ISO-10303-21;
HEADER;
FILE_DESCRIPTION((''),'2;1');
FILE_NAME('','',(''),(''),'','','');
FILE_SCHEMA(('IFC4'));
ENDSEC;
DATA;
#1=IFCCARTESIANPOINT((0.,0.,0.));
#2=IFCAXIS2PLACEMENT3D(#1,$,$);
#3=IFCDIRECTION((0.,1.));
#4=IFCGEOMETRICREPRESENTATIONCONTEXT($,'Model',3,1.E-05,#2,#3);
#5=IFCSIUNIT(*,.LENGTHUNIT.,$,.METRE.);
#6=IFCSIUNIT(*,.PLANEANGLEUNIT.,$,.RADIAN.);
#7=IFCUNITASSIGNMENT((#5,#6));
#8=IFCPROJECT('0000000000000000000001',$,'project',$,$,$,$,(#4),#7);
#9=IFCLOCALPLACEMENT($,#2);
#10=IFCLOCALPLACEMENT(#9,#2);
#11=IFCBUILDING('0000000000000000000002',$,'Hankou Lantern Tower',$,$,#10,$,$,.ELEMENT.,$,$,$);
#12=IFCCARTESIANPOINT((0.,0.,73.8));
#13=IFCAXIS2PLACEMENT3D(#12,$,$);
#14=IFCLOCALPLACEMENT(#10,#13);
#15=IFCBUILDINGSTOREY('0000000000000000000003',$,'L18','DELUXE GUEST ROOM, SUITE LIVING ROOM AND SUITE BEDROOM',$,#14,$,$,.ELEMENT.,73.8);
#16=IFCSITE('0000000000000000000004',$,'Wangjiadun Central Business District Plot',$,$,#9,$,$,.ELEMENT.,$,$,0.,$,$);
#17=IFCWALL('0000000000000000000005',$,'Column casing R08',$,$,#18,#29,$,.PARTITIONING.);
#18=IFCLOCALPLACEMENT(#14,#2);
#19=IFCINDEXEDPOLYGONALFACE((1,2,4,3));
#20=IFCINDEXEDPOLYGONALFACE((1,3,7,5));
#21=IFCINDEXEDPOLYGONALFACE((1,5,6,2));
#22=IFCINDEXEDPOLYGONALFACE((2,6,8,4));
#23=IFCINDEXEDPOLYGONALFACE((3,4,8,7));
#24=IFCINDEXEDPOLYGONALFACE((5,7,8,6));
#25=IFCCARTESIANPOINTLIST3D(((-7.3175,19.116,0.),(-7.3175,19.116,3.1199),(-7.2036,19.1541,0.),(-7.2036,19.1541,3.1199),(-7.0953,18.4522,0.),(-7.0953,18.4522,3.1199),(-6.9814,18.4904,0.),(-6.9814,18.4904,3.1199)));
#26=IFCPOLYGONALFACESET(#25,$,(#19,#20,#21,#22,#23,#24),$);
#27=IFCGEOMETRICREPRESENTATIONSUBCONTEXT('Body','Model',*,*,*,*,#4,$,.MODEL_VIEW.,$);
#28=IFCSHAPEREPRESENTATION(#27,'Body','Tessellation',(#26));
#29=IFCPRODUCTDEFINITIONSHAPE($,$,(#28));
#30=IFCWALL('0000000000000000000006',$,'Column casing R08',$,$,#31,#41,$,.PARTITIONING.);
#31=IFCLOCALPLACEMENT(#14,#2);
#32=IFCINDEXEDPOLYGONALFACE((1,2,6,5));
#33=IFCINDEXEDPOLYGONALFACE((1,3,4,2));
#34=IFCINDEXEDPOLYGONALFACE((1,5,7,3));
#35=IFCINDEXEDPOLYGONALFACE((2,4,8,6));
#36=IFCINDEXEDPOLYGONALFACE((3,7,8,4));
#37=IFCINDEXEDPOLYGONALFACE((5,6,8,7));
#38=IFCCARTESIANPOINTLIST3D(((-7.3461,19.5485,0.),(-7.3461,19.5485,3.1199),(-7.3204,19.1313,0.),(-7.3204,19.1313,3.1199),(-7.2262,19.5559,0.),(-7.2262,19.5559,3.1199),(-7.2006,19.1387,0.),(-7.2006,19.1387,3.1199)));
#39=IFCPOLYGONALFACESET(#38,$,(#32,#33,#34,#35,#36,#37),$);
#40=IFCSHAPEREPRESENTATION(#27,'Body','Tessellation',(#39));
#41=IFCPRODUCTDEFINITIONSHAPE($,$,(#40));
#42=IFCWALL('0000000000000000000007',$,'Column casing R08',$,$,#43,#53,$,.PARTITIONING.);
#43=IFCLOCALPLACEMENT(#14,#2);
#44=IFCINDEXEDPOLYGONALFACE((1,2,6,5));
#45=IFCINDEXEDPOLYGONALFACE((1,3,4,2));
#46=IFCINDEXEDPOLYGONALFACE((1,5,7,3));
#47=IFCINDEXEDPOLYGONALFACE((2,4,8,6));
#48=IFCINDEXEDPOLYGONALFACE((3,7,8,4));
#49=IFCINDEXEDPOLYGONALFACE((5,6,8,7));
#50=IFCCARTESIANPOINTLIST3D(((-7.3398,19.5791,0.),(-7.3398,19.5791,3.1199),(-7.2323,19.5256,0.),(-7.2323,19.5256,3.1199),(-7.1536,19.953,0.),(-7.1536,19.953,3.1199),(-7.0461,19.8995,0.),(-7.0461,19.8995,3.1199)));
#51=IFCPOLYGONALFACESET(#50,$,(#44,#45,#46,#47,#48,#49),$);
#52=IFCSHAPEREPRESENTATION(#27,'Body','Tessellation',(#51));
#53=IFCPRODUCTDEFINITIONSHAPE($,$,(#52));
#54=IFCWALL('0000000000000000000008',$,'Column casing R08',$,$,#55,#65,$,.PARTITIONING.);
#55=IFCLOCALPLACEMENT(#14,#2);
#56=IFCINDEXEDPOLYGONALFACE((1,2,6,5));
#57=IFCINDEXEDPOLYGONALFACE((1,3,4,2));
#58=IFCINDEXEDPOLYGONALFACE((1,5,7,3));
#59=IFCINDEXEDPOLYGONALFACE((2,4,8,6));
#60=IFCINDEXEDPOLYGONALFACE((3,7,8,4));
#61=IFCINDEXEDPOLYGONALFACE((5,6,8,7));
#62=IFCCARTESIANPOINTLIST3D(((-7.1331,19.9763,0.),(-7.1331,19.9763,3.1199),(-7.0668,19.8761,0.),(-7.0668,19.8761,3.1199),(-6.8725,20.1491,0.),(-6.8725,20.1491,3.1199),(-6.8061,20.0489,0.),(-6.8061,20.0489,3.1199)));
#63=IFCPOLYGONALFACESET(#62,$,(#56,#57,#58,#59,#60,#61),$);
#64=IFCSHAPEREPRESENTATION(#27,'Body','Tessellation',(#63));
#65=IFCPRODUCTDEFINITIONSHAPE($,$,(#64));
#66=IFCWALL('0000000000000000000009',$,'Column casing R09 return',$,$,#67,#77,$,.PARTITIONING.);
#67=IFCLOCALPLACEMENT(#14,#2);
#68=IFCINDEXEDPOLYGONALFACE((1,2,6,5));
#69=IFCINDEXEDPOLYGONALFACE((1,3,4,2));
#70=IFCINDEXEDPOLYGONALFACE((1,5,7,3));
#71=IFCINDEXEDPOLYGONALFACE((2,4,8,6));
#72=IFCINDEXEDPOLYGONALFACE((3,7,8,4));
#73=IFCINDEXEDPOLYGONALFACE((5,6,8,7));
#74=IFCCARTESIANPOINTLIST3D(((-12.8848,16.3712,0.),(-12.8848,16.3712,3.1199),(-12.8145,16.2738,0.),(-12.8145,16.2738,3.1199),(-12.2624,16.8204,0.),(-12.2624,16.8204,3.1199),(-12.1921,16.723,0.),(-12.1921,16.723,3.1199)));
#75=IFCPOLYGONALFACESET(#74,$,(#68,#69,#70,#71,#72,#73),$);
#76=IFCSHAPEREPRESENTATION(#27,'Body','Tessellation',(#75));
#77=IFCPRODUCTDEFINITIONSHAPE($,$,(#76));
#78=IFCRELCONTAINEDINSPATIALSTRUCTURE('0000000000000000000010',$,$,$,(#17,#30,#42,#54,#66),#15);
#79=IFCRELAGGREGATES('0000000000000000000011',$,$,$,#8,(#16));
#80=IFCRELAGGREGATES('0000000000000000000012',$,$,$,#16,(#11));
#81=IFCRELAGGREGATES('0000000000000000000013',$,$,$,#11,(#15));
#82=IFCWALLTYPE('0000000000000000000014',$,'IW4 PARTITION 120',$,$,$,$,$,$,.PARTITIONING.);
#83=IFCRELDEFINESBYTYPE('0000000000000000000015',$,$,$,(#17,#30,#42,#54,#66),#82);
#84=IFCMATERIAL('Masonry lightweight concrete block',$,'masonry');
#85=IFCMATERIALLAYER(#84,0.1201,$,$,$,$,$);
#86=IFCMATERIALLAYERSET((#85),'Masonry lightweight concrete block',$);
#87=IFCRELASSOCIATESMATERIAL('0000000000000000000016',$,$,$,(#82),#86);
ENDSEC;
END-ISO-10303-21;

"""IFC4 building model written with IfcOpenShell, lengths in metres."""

from ifc_helpers import new_model, si_unit, direction, frame, frame_2d, origin, place, context, subcontext, project, spatial, rectangle, extrude, material, layer, layer_set, type_object, element, save


model = new_model("IFC4")

# Units and contexts
model_context = context("Model", 3, precision=1e-05, world=origin(), true_north=direction((0.0, 1.0)))
body_context = subcontext(model_context, "Body", "Model", "MODEL_VIEW")
ifc_project = project(units=[si_unit("LENGTHUNIT", "METRE"), si_unit("PLANEANGLEUNIT", "RADIAN")], contexts=[model_context])

# Site, building, storey
site_placement = place(None, origin())
site = spatial("IfcSite", under=ifc_project, at=site_placement, Name="Wangjiadun Central Business District Plot", CompositionType="ELEMENT", RefElevation=0.0)
building_placement = place(site_placement, origin())
building = spatial("IfcBuilding", under=site, at=building_placement, Name="Hankou Lantern Tower", CompositionType="ELEMENT")
storey_placement = place(building_placement, frame((0.0, 0.0, 73.8)))
storey = spatial("IfcBuildingStorey", under=building, at=storey_placement, Name="L18", Description="DELUXE GUEST ROOM, SUITE LIVING ROOM AND SUITE BEDROOM", CompositionType="ELEMENT", Elevation=73.8)

# Walls
ifc_material_1 = material(Name="Masonry lightweight concrete block", Category="masonry")
ifc_layer_1 = layer(ifc_material_1, 0.1201)
ifc_layer_set_1 = layer_set([ifc_layer_1], Name="Masonry lightweight concrete block")
wall_type_1 = type_object("IfcWallType", Name="IW4 PARTITION 120", PredefinedType="PARTITIONING", material=ifc_layer_set_1)
wall_1_placement = place(storey_placement, frame((-7.0383, 18.4712, 0.0), z_axis=(0.0, 0.0, 1.0), x_axis=(-0.317378, 0.948299, 0.0)))
element("IfcWall", 1, at=wall_1_placement, inside=storey, type_object=wall_type_1, Name="Column casing R08", PredefinedType="PARTITIONING", context=body_context, shape_type="SweptSolid", body=[
    extrude(rectangle(XDim=0.7, YDim=0.1201, at=frame_2d((0.3501, 0.0))), origin(), (0.0, 0.0, 1.0), 3.1199),
])
wall_2_placement = place(storey_placement, frame((-7.2605, 19.135, 0.0), z_axis=(0.0, 0.0, 1.0), x_axis=(-0.061324, 0.998118, 0.0)))
element("IfcWall", 2, at=wall_2_placement, inside=storey, type_object=wall_type_1, Name="Column casing R08", PredefinedType="PARTITIONING", context=body_context, shape_type="SweptSolid", body=[
    extrude(rectangle(XDim=0.418, YDim=0.1201, at=frame_2d((0.209, 0.0))), origin(), (0.0, 0.0, 1.0), 3.1199),
])
wall_3_placement = place(storey_placement, frame((-7.2861, 19.5522, 0.0), z_axis=(0.0, 0.0, 1.0), x_axis=(0.445811, 0.895127, 0.0)))
element("IfcWall", 3, at=wall_3_placement, inside=storey, type_object=wall_type_1, Name="Column casing R08", PredefinedType="PARTITIONING", context=body_context, shape_type="SweptSolid", body=[
    extrude(rectangle(XDim=0.4177, YDim=0.1201, at=frame_2d((0.209, 0.0))), origin(), (0.0, 0.0, 1.0), 3.1199),
])
wall_4_placement = place(storey_placement, frame((-7.0999, 19.9263, 0.0), z_axis=(0.0, 0.0, 1.0), x_axis=(0.833488, 0.552537, 0.0)))
element("IfcWall", 4, at=wall_4_placement, inside=storey, type_object=wall_type_1, Name="Column casing R08", PredefinedType="PARTITIONING", context=body_context, shape_type="SweptSolid", body=[
    extrude(rectangle(XDim=0.3127, YDim=0.1201, at=frame_2d((0.1562, 0.0))), origin(), (0.0, 0.0, 1.0), 3.1199),
])
wall_5_placement = place(storey_placement, frame((-12.2273, 16.7717, 0.0), z_axis=(0.0, 0.0, 1.0), x_axis=(-0.810822, -0.585293, 0.0)))
element("IfcWall", 5, at=wall_5_placement, inside=storey, type_object=wall_type_1, Name="Column casing R09 return", PredefinedType="PARTITIONING", context=body_context, shape_type="SweptSolid", body=[
    extrude(rectangle(XDim=0.7676, YDim=0.1201, at=frame_2d((0.3838, 0.0))), origin(), (0.0, 0.0, 1.0), 3.1199),
])

save(model, "model.ifc")
